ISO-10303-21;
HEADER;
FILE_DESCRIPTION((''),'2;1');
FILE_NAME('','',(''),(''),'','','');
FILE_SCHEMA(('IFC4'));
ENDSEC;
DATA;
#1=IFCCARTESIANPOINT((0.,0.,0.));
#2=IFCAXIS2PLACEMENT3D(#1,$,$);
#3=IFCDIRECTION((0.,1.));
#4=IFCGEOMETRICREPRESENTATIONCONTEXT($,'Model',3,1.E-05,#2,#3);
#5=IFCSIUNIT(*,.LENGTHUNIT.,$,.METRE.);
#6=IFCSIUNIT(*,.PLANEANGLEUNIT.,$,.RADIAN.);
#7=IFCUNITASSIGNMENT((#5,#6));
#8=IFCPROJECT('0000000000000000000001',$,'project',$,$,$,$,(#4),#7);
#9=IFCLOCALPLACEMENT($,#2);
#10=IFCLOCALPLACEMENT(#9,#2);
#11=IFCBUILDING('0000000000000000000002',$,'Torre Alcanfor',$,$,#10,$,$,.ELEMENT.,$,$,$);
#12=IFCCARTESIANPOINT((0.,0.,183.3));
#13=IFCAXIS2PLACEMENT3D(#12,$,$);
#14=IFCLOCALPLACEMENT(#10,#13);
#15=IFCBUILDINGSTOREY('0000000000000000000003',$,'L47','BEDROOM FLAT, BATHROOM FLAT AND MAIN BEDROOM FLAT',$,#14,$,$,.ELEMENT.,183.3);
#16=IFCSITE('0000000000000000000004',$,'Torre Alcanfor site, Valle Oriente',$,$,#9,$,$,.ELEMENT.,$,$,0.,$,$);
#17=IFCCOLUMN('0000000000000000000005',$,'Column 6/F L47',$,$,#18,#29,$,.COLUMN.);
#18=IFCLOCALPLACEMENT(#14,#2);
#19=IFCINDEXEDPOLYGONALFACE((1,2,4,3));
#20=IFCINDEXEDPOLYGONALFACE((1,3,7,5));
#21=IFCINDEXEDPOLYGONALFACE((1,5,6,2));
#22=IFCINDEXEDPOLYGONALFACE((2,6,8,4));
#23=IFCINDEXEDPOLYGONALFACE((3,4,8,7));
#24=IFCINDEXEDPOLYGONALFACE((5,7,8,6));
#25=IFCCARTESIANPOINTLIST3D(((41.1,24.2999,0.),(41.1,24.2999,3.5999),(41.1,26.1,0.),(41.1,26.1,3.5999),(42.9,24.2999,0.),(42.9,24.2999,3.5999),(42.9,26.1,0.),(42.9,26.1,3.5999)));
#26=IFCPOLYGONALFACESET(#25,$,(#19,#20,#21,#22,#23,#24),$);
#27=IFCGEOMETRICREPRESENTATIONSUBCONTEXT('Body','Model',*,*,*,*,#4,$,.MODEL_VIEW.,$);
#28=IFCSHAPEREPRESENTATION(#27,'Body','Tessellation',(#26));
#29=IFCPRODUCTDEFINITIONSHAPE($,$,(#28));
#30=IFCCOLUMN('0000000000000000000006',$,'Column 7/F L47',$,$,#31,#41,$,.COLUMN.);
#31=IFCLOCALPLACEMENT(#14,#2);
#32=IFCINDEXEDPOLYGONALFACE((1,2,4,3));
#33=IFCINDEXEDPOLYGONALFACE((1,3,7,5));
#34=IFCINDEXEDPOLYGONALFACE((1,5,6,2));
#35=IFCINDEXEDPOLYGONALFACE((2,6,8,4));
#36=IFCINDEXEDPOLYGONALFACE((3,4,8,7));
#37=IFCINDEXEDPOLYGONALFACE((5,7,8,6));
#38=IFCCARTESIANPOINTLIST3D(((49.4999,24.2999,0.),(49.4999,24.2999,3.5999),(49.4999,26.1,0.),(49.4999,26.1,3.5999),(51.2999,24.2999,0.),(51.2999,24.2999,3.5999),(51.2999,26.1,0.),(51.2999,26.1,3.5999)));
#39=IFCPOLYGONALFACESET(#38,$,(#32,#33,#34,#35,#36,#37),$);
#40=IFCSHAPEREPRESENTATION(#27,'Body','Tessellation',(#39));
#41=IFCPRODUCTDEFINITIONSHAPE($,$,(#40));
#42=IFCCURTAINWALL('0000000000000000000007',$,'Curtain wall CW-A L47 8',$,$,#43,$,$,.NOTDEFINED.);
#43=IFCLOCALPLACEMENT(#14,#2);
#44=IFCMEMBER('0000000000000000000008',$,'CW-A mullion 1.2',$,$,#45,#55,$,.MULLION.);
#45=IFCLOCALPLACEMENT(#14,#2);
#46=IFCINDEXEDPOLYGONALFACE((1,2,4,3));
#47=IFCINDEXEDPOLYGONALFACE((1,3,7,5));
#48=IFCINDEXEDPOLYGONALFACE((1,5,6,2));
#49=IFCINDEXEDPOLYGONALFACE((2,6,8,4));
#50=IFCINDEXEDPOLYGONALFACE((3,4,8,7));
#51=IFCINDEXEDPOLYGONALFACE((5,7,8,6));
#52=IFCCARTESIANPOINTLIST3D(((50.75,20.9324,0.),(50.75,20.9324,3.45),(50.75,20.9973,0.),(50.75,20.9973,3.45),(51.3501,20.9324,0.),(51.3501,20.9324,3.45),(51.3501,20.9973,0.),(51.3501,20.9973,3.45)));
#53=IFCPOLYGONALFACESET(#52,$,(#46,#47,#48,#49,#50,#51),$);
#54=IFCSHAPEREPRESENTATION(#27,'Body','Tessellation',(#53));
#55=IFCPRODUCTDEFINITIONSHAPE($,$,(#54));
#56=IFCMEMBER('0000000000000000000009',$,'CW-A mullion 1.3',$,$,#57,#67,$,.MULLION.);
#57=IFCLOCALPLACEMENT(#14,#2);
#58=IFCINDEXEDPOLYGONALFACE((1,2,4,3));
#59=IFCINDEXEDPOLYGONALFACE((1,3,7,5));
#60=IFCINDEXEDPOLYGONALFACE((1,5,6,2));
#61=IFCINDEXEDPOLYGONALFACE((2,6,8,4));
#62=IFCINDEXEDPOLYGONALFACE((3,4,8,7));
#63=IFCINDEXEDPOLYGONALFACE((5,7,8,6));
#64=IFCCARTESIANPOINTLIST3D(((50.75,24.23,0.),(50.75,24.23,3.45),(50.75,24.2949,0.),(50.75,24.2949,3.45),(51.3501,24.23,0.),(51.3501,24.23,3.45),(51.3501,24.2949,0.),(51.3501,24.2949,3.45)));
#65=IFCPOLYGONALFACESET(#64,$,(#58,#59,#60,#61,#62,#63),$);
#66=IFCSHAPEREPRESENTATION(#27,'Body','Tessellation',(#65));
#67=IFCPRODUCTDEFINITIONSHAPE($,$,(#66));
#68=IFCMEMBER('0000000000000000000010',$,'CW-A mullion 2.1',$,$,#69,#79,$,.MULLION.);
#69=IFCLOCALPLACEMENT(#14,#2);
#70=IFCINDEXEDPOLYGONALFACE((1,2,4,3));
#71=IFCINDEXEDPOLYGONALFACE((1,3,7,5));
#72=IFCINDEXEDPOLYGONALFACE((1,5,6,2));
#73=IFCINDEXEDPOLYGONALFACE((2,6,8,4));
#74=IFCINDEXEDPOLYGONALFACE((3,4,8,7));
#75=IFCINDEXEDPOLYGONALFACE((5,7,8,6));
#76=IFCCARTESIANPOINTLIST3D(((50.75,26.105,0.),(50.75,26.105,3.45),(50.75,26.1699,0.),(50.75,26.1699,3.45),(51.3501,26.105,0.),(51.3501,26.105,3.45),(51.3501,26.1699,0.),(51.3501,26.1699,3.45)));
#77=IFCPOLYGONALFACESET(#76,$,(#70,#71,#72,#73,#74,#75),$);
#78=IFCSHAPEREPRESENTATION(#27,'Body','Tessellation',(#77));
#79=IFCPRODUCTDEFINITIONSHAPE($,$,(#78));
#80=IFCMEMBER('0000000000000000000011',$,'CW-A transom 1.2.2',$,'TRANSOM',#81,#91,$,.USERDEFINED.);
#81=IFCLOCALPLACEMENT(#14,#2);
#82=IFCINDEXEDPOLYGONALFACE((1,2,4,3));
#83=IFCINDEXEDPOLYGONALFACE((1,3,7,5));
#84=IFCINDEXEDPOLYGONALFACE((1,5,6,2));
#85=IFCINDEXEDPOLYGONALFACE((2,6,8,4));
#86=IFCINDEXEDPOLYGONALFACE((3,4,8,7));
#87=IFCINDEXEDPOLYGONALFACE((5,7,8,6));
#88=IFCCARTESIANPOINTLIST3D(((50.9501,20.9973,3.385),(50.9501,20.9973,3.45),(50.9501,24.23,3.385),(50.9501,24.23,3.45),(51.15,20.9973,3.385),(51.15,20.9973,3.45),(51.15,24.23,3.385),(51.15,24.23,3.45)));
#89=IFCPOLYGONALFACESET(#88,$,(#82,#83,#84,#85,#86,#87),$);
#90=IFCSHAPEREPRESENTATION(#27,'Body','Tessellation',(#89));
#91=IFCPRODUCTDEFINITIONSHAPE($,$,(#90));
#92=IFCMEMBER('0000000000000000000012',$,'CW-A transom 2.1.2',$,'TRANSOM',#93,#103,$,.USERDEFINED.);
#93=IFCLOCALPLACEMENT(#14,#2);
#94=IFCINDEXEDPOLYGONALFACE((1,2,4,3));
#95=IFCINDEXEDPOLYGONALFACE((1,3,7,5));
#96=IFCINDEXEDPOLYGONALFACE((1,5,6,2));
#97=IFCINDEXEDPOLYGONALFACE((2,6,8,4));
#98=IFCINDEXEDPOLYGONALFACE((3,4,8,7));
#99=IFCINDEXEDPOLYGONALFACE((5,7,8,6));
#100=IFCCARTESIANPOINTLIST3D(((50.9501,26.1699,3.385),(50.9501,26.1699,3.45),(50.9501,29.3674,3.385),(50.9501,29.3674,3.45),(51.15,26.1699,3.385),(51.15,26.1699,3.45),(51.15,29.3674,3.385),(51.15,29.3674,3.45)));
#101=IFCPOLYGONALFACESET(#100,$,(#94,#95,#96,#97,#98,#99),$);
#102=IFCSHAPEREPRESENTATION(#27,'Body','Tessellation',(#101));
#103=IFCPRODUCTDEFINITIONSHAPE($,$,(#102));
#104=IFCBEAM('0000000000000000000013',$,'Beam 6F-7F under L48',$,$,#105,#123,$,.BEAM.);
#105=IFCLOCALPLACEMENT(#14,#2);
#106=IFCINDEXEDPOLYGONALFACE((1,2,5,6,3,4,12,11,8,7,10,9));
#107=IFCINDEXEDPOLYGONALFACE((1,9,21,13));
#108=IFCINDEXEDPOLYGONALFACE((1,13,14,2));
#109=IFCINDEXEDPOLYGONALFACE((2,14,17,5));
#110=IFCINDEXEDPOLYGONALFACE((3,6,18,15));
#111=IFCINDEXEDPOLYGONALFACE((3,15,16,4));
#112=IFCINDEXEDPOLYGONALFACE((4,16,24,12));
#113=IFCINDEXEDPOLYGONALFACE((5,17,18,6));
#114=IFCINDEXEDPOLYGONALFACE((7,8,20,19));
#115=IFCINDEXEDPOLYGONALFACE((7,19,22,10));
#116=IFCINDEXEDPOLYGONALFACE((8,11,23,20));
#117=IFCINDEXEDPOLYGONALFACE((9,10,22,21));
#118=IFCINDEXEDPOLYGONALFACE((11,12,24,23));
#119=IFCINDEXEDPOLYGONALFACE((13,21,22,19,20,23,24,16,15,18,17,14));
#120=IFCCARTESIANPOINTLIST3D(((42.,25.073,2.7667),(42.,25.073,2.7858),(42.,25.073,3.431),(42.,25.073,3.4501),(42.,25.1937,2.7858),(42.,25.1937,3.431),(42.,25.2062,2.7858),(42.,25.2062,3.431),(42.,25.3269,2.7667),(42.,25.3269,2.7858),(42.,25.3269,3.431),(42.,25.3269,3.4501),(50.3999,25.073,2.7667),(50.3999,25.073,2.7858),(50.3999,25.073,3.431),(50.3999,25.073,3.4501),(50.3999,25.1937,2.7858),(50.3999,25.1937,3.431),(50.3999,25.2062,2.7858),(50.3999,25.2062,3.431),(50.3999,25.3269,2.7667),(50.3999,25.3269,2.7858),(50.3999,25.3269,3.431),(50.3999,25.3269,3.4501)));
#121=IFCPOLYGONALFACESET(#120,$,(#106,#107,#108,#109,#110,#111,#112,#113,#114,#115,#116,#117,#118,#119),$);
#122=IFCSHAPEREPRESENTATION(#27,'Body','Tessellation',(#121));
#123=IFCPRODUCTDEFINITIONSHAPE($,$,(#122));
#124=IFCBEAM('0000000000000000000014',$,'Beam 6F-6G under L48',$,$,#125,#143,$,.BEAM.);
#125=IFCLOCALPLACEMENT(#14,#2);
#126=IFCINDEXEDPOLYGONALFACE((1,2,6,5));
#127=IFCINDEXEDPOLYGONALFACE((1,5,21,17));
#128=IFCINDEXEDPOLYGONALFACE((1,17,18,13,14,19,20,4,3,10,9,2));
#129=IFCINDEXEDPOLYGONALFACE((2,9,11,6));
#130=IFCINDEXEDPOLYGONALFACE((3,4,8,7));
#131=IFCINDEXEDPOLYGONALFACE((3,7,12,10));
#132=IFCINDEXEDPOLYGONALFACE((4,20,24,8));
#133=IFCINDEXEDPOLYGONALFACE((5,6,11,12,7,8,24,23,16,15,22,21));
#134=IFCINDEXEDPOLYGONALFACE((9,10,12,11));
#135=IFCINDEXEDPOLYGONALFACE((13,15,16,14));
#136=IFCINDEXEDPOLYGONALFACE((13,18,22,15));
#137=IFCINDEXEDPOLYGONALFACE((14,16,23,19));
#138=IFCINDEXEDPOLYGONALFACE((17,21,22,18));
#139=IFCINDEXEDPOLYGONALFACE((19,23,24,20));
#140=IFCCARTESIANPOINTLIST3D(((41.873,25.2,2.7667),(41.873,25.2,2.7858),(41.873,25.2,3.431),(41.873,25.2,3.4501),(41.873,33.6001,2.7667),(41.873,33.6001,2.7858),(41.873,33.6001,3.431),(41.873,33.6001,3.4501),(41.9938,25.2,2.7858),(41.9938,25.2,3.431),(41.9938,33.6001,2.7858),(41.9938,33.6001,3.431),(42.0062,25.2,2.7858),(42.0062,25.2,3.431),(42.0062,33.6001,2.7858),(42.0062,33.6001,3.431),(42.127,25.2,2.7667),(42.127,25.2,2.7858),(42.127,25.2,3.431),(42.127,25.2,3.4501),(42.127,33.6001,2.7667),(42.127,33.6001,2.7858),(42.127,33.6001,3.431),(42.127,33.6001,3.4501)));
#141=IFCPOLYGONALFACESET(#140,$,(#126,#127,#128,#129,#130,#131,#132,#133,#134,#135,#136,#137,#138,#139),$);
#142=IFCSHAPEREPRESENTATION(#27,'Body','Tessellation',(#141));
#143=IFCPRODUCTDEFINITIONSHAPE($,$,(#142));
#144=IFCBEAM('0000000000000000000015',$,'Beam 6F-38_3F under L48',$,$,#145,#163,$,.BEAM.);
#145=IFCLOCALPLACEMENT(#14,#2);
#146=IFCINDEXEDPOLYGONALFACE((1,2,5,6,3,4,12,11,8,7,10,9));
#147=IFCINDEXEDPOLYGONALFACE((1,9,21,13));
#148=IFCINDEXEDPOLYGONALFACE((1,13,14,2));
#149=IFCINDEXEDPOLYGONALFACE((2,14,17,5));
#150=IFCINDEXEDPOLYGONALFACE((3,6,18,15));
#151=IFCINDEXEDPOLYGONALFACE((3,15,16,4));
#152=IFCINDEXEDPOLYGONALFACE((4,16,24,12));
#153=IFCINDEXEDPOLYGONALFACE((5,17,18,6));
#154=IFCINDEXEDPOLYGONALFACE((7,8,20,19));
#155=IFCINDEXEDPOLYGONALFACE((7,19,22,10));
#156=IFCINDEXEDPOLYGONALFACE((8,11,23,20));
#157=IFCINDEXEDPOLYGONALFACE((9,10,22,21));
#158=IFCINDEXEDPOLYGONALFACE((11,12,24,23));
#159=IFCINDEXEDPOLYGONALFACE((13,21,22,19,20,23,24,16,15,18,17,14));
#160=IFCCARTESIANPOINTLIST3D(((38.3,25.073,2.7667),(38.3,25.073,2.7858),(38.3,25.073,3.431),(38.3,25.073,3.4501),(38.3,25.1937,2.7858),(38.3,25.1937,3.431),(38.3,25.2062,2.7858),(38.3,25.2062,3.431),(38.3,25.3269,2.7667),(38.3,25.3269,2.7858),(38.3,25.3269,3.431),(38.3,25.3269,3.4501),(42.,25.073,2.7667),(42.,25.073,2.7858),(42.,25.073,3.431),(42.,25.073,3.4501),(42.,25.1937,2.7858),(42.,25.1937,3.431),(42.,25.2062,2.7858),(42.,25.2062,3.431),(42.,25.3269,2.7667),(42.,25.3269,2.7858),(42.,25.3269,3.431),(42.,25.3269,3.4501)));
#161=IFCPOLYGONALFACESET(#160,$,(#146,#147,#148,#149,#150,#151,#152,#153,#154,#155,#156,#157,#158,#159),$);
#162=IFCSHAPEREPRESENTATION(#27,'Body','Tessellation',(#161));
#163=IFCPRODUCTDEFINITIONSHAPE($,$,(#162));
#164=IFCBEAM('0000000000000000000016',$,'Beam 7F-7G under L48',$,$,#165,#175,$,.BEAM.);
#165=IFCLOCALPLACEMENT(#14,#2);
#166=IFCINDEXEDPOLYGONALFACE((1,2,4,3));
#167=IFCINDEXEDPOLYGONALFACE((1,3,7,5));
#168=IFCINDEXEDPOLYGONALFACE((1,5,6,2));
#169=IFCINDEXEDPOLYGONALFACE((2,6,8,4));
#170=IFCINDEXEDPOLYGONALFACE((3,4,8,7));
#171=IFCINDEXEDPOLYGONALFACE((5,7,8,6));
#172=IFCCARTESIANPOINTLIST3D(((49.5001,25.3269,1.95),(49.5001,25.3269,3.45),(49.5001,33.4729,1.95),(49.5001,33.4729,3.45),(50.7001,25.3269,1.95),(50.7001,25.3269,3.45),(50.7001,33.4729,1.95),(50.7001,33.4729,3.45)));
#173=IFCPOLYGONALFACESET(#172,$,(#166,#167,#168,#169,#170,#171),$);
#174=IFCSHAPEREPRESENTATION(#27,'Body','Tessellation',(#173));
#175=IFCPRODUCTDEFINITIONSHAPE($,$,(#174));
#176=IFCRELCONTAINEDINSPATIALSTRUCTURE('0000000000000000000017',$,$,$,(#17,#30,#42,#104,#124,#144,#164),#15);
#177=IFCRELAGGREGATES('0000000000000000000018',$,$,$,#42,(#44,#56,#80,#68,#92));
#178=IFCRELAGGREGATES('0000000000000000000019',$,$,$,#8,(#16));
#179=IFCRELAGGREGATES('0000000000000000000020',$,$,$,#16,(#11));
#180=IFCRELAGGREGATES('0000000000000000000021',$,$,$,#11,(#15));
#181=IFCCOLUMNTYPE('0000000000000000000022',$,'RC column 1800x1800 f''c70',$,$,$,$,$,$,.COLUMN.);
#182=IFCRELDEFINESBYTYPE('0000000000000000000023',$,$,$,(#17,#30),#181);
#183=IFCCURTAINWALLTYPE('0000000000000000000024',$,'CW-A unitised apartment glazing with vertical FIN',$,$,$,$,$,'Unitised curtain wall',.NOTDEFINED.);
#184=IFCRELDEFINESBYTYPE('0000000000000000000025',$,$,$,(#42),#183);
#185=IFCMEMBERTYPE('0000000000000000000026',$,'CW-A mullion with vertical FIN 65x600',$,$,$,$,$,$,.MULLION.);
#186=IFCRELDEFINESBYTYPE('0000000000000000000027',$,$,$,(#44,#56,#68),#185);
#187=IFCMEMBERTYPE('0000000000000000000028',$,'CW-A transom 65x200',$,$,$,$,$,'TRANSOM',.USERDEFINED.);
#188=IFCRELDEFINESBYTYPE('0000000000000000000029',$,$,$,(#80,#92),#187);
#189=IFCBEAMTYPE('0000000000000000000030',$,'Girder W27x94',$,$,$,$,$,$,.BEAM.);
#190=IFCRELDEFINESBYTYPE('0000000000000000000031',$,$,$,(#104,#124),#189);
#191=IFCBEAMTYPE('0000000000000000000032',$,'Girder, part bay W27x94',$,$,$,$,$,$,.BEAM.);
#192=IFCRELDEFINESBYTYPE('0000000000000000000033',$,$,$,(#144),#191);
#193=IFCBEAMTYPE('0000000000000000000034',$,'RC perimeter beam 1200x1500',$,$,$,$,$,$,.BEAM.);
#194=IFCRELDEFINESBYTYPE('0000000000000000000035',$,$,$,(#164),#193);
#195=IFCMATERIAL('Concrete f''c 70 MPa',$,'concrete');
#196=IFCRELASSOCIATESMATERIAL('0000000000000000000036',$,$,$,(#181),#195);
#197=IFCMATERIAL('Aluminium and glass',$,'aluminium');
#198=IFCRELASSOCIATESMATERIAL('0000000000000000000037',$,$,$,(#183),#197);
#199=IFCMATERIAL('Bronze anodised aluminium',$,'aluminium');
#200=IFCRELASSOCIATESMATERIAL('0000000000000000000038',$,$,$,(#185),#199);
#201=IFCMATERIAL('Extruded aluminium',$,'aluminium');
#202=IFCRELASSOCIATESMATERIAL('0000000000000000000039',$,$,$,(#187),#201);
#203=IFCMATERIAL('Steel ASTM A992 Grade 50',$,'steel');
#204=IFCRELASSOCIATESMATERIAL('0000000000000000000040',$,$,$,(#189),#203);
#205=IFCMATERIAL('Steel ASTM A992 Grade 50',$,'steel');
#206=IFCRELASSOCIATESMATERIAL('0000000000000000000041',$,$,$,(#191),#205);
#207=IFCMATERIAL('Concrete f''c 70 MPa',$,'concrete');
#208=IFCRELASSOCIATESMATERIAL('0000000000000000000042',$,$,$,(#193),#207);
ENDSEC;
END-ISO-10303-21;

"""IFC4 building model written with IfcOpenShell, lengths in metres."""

from ifc_helpers import new_model, si_unit, direction, frame, origin, origin_2d, place, context, subcontext, project, spatial, rectangle, i_section, extrude, material, material_profile, profile_set, type_object, element, aggregate, save


model = new_model("IFC4")

# Units and contexts
model_context = context("Model", 3, precision=1e-05, world=origin(), true_north=direction((0.0, 1.0)))
body_context = subcontext(model_context, "Body", "Model", "MODEL_VIEW")
ifc_project = project(units=[si_unit("LENGTHUNIT", "METRE"), si_unit("PLANEANGLEUNIT", "RADIAN")], contexts=[model_context])

# Site, building, storey
site_placement = place(None, origin())
site = spatial("IfcSite", under=ifc_project, at=site_placement, Name="Torre Alcanfor site, Valle Oriente", CompositionType="ELEMENT", RefElevation=0.0)
building_placement = place(site_placement, origin())
building = spatial("IfcBuilding", under=site, at=building_placement, Name="Torre Alcanfor", CompositionType="ELEMENT")
storey_placement = place(building_placement, frame((0.0, 0.0, 183.3)))
storey = spatial("IfcBuildingStorey", under=building, at=storey_placement, Name="L47", Description="BEDROOM FLAT, BATHROOM FLAT AND MAIN BEDROOM FLAT", CompositionType="ELEMENT", Elevation=183.3)

# Columns
ifc_material_1 = material(Name="Concrete f'c 70 MPa", Category="concrete")
ifc_material_profile_1 = material_profile(ifc_material_1, rectangle(XDim=1.8, YDim=1.8, at=origin_2d()), Name="1800x1800")
ifc_profile_set_1 = profile_set([ifc_material_profile_1], Name="Concrete f'c 70 MPa")
column_type = type_object("IfcColumnType", Name="RC column 1800x1800 f'c70", PredefinedType="COLUMN", material=ifc_profile_set_1)
for number, where, z_axis, x_axis, name in (
    (1, (42.0, 25.2, 0.0), (0.0, 0.0, 1.0), (1.0, 0.0, 0.0), "Column 6/F L47"),
    (2, (50.3999, 25.2, 0.0), (0.0, 0.0, 1.0), (1.0, 0.0, 0.0), "Column 7/F L47"),
):
    element("IfcColumn", number, at=place(storey_placement, frame(where, z_axis=z_axis, x_axis=x_axis)), inside=storey, type_object=column_type, Name=name, PredefinedType="COLUMN", context=body_context, shape_type="SweptSolid", body=[
        extrude(rectangle(XDim=1.8, YDim=1.8, at=origin_2d()), origin(), (0.0, 0.0, 1.0), 3.5999),
    ])

# Curtain wall, members
ifc_material_2 = material(Name="Aluminium and glass", Category="aluminium")
curtain_wall_type = type_object("IfcCurtainWallType", Name="CW-A unitised apartment glazing with vertical FIN", ElementType="Unitised curtain wall", PredefinedType="NOTDEFINED", material=ifc_material_2)
curtain_wall_placement = place(storey_placement, origin())
curtain_wall = element("IfcCurtainWall", 3, at=curtain_wall_placement, inside=storey, type_object=curtain_wall_type, Name="Curtain wall CW-A L47 8", PredefinedType="NOTDEFINED")
ifc_material_3 = material(Name="Bronze anodised aluminium", Category="aluminium")
ifc_material_profile_2 = material_profile(ifc_material_3, rectangle(XDim=0.6001, YDim=0.0649, at=origin_2d()), Name="CW-A mullion 65x600")
ifc_profile_set_2 = profile_set([ifc_material_profile_2], Name="Bronze anodised aluminium")
member_type_1 = type_object("IfcMemberType", Name="CW-A mullion with vertical FIN 65x600", PredefinedType="MULLION", material=ifc_profile_set_2)
member_1_placement = place(storey_placement, frame((51.05, 20.9648, 0.0), z_axis=(0.0, 0.0, 1.0), x_axis=(-1.0, 0.0, 0.0)))
member_1 = element("IfcMember", 4, at=member_1_placement, type_object=member_type_1, Name="CW-A mullion 1.2", PredefinedType="MULLION", context=body_context, shape_type="SweptSolid", body=[
    extrude(rectangle(XDim=0.6001, YDim=0.0649, at=origin_2d()), origin(), (0.0, 0.0, 1.0), 3.45),
])
member_2_placement = place(storey_placement, frame((51.05, 24.2625, 0.0), z_axis=(0.0, 0.0, 1.0), x_axis=(-1.0, 0.0, 0.0)))
member_2 = element("IfcMember", 5, at=member_2_placement, type_object=member_type_1, Name="CW-A mullion 1.3", PredefinedType="MULLION", context=body_context, shape_type="SweptSolid", body=[
    extrude(rectangle(XDim=0.6001, YDim=0.0649, at=origin_2d()), origin(), (0.0, 0.0, 1.0), 3.45),
])
member_3_placement = place(storey_placement, frame((51.05, 26.1375, 0.0), z_axis=(0.0, 0.0, 1.0), x_axis=(-1.0, 0.0, 0.0)))
member_3 = element("IfcMember", 6, at=member_3_placement, type_object=member_type_1, Name="CW-A mullion 2.1", PredefinedType="MULLION", context=body_context, shape_type="SweptSolid", body=[
    extrude(rectangle(XDim=0.6001, YDim=0.0649, at=origin_2d()), origin(), (0.0, 0.0, 1.0), 3.45),
])
ifc_material_4 = material(Name="Extruded aluminium", Category="aluminium")
ifc_material_profile_3 = material_profile(ifc_material_4, rectangle(XDim=0.2, YDim=0.0649, at=origin_2d()), Name="CW-A transom 200x65")
ifc_profile_set_3 = profile_set([ifc_material_profile_3], Name="Extruded aluminium")
member_type_2 = type_object("IfcMemberType", Name="CW-A transom 65x200", ElementType="TRANSOM", PredefinedType="USERDEFINED", material=ifc_profile_set_3)
member_4_placement = place(storey_placement, frame((51.05, 20.9973, 3.4175), z_axis=(0.0, 1.0, 0.0), x_axis=(-1.0, 0.0, 0.0)))
member_4 = element("IfcMember", 7, at=member_4_placement, type_object=member_type_2, Name="CW-A transom 1.2.2", ObjectType="TRANSOM", PredefinedType="USERDEFINED", context=body_context, shape_type="SweptSolid", body=[
    extrude(rectangle(XDim=0.2, YDim=0.0649, at=origin_2d()), origin(), (0.0, 0.0, 1.0), 3.2327),
])
member_5_placement = place(storey_placement, frame((51.05, 26.1699, 3.4175), z_axis=(0.0, 1.0, 0.0), x_axis=(-1.0, 0.0, 0.0)))
member_5 = element("IfcMember", 8, at=member_5_placement, type_object=member_type_2, Name="CW-A transom 2.1.2", ObjectType="TRANSOM", PredefinedType="USERDEFINED", context=body_context, shape_type="SweptSolid", body=[
    extrude(rectangle(XDim=0.2, YDim=0.0649, at=origin_2d()), origin(), (0.0, 0.0, 1.0), 3.1975),
])

# Beams
ifc_material_5 = material(Name="Steel ASTM A992 Grade 50", Category="steel")
ifc_material_profile_4 = material_profile(ifc_material_5, i_section(OverallWidth=0.2539, OverallDepth=0.6833, WebThickness=0.0125, FlangeThickness=0.019, at=origin_2d()), Name="W27x94")
ifc_profile_set_4 = profile_set([ifc_material_profile_4], Name="Steel ASTM A992 Grade 50")
beam_type_1 = type_object("IfcBeamType", Name="Girder W27x94", PredefinedType="BEAM", material=ifc_profile_set_4)
beam_1_placement = place(storey_placement, frame((42.0, 25.2, 3.1084), z_axis=(1.0, 0.0, 0.0), x_axis=(0.0, 1.0, 0.0)))
element("IfcBeam", 9, at=beam_1_placement, inside=storey, type_object=beam_type_1, Name="Beam 6F-7F under L48", PredefinedType="BEAM", context=body_context, shape_type="SweptSolid", body=[
    extrude(i_section(OverallWidth=0.2539, OverallDepth=0.6833, WebThickness=0.0125, FlangeThickness=0.019, at=origin_2d()), origin(), (0.0, 0.0, 1.0), 8.3999),
])
beam_2_placement = place(storey_placement, frame((42.0, 25.2, 3.1084), z_axis=(0.0, 1.0, 0.0), x_axis=(-1.0, 0.0, 0.0)))
element("IfcBeam", 10, at=beam_2_placement, inside=storey, type_object=beam_type_1, Name="Beam 6F-6G under L48", PredefinedType="BEAM", context=body_context, shape_type="SweptSolid", body=[
    extrude(i_section(OverallWidth=0.2539, OverallDepth=0.6833, WebThickness=0.0125, FlangeThickness=0.019, at=origin_2d()), origin(), (0.0, 0.0, 1.0), 8.4001),
])
ifc_material_6 = material(Name="Steel ASTM A992 Grade 50", Category="steel")
ifc_material_profile_5 = material_profile(ifc_material_6, i_section(OverallWidth=0.2539, OverallDepth=0.6833, WebThickness=0.0125, FlangeThickness=0.019, at=origin_2d()), Name="W27x94")
ifc_profile_set_5 = profile_set([ifc_material_profile_5], Name="Steel ASTM A992 Grade 50")
beam_type_2 = type_object("IfcBeamType", Name="Girder, part bay W27x94", PredefinedType="BEAM", material=ifc_profile_set_5)
beam_3_placement = place(storey_placement, frame((42.0, 25.2, 3.1084), z_axis=(-1.0, 0.0, 0.0), x_axis=(0.0, -1.0, 0.0)))
element("IfcBeam", 11, at=beam_3_placement, inside=storey, type_object=beam_type_2, Name="Beam 6F-38_3F under L48", PredefinedType="BEAM", context=body_context, shape_type="SweptSolid", body=[
    extrude(i_section(OverallWidth=0.2539, OverallDepth=0.6833, WebThickness=0.0125, FlangeThickness=0.019, at=origin_2d()), origin(), (0.0, 0.0, 1.0), 3.7),
])
ifc_material_7 = material(Name="Concrete f'c 70 MPa", Category="concrete")
ifc_material_profile_6 = material_profile(ifc_material_7, rectangle(XDim=1.2, YDim=1.5, at=origin_2d()), Name="1200x1500")
ifc_profile_set_6 = profile_set([ifc_material_profile_6], Name="Concrete f'c 70 MPa")
beam_type_3 = type_object("IfcBeamType", Name="RC perimeter beam 1200x1500", PredefinedType="BEAM", material=ifc_profile_set_6)
beam_4_placement = place(storey_placement, frame((50.1001, 25.3269, 2.7), z_axis=(0.0, 1.0, 0.0), x_axis=(-1.0, 0.0, 0.0)))
element("IfcBeam", 12, at=beam_4_placement, inside=storey, type_object=beam_type_3, Name="Beam 7F-7G under L48", PredefinedType="BEAM", context=body_context, shape_type="SweptSolid", body=[
    extrude(rectangle(XDim=1.2, YDim=1.5, at=origin_2d()), origin(), (0.0, 0.0, 1.0), 8.146),
])

aggregate(curtain_wall, [member_1, member_2, member_4, member_3, member_5])

save(model, "model.ifc")
